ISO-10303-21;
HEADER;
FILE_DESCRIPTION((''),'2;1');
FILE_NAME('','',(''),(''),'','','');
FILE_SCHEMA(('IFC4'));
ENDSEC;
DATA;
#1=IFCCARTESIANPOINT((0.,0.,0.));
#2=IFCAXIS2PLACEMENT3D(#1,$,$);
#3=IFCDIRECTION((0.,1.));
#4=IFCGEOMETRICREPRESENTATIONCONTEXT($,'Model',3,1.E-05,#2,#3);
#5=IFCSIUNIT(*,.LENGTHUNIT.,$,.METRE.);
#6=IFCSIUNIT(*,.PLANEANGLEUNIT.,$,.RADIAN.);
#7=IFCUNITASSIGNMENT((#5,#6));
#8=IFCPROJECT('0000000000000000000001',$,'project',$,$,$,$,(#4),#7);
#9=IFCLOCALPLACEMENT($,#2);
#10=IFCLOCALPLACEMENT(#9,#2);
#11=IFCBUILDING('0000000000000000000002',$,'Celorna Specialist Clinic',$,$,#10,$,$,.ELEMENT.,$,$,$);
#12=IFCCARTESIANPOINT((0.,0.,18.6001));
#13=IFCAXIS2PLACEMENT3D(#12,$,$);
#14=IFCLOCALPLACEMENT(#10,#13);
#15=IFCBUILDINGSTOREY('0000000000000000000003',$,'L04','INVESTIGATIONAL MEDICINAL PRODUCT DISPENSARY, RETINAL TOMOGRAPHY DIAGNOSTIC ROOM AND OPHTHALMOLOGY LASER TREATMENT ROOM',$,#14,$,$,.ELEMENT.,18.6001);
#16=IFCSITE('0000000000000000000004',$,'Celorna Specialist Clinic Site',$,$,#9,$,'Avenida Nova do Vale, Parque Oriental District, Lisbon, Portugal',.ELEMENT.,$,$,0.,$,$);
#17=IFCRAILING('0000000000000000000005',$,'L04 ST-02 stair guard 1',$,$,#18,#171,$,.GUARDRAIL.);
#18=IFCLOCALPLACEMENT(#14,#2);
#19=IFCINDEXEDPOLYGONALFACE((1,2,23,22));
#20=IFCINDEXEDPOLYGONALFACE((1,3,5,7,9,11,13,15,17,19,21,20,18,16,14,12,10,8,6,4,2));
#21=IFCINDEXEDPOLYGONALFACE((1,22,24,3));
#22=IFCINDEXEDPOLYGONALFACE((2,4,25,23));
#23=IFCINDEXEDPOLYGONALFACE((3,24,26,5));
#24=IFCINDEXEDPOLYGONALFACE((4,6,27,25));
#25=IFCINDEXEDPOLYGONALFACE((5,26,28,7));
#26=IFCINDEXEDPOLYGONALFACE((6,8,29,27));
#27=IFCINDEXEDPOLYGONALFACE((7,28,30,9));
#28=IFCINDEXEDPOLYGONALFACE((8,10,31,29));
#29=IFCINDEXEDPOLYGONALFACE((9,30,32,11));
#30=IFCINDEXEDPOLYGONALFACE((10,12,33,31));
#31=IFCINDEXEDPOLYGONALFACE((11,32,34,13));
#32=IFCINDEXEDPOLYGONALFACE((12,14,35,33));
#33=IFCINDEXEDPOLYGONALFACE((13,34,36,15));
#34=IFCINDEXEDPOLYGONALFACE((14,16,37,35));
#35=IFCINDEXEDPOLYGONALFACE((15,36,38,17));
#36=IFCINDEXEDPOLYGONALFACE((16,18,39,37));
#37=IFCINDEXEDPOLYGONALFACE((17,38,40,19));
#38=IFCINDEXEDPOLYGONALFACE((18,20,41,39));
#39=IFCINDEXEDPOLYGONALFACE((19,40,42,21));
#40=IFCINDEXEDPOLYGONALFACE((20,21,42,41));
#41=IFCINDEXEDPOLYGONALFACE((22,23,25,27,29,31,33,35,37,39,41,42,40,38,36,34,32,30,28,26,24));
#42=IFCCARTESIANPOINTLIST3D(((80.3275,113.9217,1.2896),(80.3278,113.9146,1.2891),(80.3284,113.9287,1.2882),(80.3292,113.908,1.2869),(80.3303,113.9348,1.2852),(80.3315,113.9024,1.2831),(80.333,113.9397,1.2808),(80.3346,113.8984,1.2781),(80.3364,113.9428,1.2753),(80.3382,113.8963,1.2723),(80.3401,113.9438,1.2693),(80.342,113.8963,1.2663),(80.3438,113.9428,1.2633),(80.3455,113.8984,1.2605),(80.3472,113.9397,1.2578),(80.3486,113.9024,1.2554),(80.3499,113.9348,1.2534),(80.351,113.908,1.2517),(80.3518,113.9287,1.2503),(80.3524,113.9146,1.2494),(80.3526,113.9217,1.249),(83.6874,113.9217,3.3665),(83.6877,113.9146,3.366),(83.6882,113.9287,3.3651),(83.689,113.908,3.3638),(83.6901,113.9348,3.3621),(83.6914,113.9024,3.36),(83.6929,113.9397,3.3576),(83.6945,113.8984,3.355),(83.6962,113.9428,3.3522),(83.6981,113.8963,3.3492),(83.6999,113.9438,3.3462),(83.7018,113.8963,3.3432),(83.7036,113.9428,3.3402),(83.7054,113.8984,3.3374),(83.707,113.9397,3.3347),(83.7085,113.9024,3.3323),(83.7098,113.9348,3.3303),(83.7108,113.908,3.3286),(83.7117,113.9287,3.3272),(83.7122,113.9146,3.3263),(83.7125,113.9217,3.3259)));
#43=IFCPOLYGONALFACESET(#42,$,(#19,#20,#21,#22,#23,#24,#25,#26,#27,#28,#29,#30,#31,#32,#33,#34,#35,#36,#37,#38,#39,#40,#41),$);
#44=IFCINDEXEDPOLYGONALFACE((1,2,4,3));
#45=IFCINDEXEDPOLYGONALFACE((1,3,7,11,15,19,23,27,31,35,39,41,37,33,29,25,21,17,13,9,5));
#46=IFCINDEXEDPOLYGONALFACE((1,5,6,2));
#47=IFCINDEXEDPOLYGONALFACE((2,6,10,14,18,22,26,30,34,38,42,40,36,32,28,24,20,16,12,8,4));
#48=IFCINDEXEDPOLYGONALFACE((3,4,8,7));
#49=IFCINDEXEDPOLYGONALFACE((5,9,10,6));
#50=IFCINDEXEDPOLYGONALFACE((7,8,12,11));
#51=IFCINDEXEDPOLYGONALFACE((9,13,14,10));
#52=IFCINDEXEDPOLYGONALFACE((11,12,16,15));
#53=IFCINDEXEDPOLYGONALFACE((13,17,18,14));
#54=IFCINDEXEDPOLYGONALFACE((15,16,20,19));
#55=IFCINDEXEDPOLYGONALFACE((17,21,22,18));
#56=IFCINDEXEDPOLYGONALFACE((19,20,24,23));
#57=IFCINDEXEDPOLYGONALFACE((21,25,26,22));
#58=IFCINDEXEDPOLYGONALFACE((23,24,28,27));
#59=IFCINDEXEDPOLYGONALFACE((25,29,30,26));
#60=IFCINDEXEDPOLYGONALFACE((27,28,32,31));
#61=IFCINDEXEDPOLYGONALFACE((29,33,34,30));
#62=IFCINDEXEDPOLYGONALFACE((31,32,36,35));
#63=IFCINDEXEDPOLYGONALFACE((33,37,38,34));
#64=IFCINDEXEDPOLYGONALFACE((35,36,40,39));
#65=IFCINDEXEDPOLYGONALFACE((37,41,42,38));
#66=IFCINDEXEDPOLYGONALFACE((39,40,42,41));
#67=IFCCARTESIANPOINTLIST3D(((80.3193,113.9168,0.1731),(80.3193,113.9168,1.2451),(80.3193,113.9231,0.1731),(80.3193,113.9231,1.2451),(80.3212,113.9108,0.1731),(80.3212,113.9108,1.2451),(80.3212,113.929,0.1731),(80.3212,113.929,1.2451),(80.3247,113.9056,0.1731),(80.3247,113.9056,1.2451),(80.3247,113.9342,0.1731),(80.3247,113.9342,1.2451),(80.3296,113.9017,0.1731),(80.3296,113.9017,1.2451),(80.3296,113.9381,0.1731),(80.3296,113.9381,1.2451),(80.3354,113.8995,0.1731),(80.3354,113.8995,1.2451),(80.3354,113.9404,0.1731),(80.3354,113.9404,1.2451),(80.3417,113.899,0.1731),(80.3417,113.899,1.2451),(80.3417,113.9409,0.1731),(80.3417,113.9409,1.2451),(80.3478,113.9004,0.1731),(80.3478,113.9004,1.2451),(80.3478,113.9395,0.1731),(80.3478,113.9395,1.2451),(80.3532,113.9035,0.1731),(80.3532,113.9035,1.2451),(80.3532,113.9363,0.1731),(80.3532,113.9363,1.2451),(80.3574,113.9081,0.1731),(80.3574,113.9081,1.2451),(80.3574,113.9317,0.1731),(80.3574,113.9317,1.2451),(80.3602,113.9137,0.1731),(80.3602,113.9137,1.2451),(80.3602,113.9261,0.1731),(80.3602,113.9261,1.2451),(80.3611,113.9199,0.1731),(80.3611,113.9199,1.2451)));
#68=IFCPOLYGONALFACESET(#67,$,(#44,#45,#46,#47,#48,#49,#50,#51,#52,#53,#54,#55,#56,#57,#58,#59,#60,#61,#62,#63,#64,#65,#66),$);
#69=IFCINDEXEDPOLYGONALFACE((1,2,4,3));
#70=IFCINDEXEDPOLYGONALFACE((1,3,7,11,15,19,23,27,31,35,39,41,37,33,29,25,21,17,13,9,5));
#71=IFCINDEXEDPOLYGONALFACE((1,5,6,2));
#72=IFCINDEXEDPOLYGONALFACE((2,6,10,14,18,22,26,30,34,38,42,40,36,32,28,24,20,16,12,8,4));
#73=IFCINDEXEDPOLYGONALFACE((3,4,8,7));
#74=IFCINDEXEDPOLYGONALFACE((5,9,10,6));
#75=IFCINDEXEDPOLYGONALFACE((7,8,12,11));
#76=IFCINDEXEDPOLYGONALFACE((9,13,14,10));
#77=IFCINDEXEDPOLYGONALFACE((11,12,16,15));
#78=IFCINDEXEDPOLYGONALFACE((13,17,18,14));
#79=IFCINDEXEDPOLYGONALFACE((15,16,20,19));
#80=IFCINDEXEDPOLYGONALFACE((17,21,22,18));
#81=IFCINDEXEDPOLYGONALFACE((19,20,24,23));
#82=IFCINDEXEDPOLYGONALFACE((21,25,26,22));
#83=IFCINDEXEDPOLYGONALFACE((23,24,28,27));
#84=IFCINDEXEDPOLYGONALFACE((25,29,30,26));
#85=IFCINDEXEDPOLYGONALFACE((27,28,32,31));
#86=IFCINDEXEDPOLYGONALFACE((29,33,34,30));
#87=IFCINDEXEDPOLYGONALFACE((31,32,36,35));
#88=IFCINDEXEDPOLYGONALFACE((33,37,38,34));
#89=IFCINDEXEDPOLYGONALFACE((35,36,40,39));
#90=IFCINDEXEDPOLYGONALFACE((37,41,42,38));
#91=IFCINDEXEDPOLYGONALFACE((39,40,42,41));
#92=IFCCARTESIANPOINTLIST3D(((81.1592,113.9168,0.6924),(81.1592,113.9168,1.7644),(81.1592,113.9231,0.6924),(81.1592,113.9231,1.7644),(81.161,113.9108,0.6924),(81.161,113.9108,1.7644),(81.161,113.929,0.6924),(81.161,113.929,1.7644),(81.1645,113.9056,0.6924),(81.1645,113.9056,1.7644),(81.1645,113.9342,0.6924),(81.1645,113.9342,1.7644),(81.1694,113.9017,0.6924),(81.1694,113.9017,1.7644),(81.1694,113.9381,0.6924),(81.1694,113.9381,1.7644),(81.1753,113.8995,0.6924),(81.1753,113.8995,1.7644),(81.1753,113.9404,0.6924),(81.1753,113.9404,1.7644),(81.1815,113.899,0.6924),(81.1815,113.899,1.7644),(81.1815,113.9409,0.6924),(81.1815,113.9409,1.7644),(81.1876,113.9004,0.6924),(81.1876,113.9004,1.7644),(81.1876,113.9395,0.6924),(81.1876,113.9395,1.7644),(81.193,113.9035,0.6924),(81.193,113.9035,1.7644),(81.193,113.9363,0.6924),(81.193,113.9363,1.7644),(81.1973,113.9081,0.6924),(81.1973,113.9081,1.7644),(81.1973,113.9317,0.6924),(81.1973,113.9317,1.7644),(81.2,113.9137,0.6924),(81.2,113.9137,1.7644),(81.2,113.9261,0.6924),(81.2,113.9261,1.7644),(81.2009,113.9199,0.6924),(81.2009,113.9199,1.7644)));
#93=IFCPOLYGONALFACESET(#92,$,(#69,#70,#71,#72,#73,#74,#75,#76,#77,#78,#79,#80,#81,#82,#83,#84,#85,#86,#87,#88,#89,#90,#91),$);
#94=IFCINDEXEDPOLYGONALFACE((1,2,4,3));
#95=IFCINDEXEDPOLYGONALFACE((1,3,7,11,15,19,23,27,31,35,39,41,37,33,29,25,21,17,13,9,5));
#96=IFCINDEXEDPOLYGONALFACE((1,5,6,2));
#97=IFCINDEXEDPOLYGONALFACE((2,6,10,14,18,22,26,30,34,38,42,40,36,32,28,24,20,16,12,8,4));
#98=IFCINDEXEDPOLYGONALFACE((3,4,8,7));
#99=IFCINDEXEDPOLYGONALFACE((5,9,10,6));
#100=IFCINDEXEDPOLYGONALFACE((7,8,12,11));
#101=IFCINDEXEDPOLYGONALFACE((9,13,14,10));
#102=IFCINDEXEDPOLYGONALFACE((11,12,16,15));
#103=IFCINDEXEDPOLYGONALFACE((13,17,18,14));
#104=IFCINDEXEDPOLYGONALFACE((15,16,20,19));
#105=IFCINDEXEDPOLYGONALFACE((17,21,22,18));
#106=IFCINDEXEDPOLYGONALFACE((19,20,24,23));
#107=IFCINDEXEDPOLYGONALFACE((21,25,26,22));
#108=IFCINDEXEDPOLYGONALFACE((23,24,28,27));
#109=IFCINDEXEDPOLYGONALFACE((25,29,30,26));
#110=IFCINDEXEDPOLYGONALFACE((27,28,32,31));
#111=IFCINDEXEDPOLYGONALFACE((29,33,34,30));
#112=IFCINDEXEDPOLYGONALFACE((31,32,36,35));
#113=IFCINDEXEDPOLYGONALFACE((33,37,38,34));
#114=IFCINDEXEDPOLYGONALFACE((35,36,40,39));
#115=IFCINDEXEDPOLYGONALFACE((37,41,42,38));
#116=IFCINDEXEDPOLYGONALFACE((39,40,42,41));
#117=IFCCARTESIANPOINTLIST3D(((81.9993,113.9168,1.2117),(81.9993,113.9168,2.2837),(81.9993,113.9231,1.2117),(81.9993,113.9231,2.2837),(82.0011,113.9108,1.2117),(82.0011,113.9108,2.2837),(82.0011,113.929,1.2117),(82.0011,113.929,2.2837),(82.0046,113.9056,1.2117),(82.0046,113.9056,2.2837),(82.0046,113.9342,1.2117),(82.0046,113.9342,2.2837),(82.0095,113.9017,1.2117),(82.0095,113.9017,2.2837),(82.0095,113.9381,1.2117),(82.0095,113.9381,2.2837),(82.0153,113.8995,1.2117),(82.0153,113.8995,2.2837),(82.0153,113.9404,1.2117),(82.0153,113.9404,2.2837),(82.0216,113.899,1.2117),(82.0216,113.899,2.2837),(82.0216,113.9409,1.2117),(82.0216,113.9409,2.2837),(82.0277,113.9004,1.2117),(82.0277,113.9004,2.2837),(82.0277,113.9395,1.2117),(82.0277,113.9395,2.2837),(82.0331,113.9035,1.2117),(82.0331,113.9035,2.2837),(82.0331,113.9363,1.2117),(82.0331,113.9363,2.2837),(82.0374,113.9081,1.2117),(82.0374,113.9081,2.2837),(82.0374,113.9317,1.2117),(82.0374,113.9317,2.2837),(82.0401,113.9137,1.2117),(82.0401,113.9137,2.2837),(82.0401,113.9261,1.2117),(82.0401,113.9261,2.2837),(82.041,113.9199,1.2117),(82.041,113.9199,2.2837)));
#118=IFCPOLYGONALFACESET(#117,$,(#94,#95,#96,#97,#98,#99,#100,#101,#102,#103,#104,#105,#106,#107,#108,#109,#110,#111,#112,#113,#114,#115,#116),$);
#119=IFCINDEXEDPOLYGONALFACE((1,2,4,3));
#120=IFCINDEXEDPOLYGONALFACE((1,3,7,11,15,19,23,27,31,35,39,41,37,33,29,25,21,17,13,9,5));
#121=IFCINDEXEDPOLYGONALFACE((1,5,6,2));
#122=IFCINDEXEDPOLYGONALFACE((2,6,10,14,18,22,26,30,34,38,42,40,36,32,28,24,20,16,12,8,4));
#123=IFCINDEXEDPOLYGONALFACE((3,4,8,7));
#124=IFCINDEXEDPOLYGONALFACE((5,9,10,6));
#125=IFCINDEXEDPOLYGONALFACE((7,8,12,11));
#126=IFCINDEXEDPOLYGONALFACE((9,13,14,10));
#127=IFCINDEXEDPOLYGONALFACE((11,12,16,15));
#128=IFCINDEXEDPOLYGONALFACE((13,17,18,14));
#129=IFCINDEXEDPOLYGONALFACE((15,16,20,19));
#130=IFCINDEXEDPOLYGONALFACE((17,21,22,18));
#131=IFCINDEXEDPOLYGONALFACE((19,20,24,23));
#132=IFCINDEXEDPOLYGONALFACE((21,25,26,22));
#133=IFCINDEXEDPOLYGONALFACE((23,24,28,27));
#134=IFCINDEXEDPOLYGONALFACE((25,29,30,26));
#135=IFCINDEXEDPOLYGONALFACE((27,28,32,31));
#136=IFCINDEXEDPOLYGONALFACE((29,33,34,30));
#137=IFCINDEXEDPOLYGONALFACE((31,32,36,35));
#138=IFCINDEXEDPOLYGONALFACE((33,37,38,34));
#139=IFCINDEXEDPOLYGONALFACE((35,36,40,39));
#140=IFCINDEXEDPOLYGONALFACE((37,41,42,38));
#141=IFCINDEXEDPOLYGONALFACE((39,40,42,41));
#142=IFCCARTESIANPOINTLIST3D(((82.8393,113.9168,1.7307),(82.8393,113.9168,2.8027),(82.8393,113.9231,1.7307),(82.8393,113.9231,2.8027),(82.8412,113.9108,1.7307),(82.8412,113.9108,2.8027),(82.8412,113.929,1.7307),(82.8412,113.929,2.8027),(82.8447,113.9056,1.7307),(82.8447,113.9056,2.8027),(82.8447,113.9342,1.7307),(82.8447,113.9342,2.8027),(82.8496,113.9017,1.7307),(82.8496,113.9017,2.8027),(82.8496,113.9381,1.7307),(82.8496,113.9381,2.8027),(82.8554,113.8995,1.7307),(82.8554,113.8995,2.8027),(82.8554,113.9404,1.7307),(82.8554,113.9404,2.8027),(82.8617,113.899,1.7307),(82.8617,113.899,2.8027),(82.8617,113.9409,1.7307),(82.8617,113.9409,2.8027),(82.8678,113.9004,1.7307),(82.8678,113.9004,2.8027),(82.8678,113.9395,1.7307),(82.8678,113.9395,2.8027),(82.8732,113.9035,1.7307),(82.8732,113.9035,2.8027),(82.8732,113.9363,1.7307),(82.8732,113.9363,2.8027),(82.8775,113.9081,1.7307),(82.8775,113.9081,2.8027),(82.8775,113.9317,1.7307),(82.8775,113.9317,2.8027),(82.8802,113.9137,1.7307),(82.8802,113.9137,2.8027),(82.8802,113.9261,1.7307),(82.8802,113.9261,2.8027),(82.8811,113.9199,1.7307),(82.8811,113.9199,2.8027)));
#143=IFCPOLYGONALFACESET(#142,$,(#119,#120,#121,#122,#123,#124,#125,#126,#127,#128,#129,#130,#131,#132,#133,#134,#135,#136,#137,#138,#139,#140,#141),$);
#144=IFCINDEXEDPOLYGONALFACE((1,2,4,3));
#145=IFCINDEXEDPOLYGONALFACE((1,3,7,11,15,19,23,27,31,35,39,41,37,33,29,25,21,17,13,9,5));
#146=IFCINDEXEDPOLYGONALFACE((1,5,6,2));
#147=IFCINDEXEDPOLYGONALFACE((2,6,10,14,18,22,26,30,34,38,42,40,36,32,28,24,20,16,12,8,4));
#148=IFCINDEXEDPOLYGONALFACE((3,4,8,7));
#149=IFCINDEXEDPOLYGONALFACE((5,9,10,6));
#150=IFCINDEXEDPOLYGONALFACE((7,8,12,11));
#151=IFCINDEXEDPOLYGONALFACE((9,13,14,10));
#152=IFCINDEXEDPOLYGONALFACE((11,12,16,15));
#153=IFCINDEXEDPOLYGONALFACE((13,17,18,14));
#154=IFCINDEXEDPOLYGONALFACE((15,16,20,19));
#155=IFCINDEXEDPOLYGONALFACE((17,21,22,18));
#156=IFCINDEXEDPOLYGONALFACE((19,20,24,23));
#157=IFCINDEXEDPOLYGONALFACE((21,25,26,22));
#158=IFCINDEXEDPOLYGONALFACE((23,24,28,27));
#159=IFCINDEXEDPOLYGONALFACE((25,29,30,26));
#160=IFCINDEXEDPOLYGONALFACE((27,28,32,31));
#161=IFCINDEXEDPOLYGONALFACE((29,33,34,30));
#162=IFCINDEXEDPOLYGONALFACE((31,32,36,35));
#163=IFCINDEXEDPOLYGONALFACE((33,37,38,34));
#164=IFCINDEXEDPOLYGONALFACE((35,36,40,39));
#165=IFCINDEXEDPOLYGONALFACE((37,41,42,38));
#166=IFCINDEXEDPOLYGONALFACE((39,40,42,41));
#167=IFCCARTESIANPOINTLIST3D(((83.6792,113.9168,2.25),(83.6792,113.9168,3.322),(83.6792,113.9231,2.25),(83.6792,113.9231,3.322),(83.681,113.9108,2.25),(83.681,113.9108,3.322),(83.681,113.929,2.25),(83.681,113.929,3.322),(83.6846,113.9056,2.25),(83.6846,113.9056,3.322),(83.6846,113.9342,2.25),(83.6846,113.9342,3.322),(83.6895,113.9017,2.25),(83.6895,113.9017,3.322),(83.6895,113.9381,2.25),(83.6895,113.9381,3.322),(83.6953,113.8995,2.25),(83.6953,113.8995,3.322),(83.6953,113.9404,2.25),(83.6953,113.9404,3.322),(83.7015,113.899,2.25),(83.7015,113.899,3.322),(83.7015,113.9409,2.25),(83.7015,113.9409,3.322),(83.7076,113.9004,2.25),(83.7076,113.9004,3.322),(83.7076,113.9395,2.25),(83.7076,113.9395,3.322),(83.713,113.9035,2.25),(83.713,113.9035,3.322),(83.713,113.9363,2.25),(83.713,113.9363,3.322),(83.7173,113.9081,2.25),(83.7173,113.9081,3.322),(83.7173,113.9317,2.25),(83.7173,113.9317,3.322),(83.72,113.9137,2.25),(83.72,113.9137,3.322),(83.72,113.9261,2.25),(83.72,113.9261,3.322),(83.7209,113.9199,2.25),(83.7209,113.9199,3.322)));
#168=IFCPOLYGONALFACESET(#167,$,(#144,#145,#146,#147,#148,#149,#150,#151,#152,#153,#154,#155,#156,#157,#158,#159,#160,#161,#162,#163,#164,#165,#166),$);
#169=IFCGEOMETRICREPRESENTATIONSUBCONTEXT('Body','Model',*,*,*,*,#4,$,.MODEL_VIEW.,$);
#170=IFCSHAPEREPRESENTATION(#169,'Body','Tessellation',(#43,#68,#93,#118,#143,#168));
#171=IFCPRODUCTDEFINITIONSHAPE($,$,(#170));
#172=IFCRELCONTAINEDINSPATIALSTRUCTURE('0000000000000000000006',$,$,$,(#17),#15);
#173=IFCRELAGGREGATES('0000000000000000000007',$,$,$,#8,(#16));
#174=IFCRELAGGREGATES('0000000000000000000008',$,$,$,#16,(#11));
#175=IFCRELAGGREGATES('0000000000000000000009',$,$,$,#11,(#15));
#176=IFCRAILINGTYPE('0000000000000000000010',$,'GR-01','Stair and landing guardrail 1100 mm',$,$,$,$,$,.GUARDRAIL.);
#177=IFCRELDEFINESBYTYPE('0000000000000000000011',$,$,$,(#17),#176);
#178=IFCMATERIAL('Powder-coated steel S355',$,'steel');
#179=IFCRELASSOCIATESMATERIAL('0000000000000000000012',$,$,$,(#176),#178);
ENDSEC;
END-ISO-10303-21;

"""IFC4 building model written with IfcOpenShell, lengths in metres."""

from ifc_helpers import new_model, si_unit, direction, frame, origin, origin_2d, place, context, subcontext, project, spatial, circle, extrude, material, type_object, element, save


model = new_model("IFC4")

# Units and contexts
model_context = context("Model", 3, precision=1e-05, world=origin(), true_north=direction((0.0, 1.0)))
body_context = subcontext(model_context, "Body", "Model", "MODEL_VIEW")
ifc_project = project(units=[si_unit("LENGTHUNIT", "METRE"), si_unit("PLANEANGLEUNIT", "RADIAN")], contexts=[model_context])

# Site, building, storey
site_placement = place(None, origin())
site = spatial("IfcSite", under=ifc_project, at=site_placement, Name="Celorna Specialist Clinic Site", LongName="Avenida Nova do Vale, Parque Oriental District, Lisbon, Portugal", CompositionType="ELEMENT", RefElevation=0.0)
building_placement = place(site_placement, origin())
building = spatial("IfcBuilding", under=site, at=building_placement, Name="Celorna Specialist Clinic", CompositionType="ELEMENT")
storey_placement = place(building_placement, frame((0.0, 0.0, 18.6001)))
storey = spatial("IfcBuildingStorey", under=building, at=storey_placement, Name="L04", Description="INVESTIGATIONAL MEDICINAL PRODUCT DISPENSARY, RETINAL TOMOGRAPHY DIAGNOSTIC ROOM AND OPHTHALMOLOGY LASER TREATMENT ROOM", CompositionType="ELEMENT", Elevation=18.6001)

# Railing
ifc_material_1 = material(Name="Powder-coated steel S355", Category="steel")
railing_type_1 = type_object("IfcRailingType", Name="GR-01", Description="Stair and landing guardrail 1100 mm", PredefinedType="GUARDRAIL", material=ifc_material_1)
railing_1_placement = place(storey_placement, frame((80.3401, 113.9199, 0.1731)))
element("IfcRailing", 1, at=railing_1_placement, inside=storey, type_object=railing_type_1, Name="L04 ST-02 stair guard 1", PredefinedType="GUARDRAIL", context=body_context, shape_type="SweptSolid", body=[
    extrude(circle(Radius=0.0239, at=origin_2d()), frame((0.0, 0.0, 1.0962), z_axis=(0.850606, 0.0, 0.525803), x_axis=(0.0, 1.0, 0.0)), (0.0, 0.0, 1.0), 3.95),
    extrude(circle(Radius=0.021, at=origin_2d()), origin(), (0.0, 0.0, 1.0), 1.072),
    extrude(circle(Radius=0.021, at=origin_2d()), frame((0.8398, 0.0, 0.5193)), (0.0, 0.0, 1.0), 1.072),
    extrude(circle(Radius=0.021, at=origin_2d()), frame((1.6799, 0.0, 1.0386)), (0.0, 0.0, 1.0), 1.072),
    extrude(circle(Radius=0.021, at=origin_2d()), frame((2.52, 0.0, 1.5576)), (0.0, 0.0, 1.0), 1.072),
    extrude(circle(Radius=0.021, at=origin_2d()), frame((3.3599, 0.0, 2.0769)), (0.0, 0.0, 1.0), 1.072),
])

save(model, "model.ifc")
